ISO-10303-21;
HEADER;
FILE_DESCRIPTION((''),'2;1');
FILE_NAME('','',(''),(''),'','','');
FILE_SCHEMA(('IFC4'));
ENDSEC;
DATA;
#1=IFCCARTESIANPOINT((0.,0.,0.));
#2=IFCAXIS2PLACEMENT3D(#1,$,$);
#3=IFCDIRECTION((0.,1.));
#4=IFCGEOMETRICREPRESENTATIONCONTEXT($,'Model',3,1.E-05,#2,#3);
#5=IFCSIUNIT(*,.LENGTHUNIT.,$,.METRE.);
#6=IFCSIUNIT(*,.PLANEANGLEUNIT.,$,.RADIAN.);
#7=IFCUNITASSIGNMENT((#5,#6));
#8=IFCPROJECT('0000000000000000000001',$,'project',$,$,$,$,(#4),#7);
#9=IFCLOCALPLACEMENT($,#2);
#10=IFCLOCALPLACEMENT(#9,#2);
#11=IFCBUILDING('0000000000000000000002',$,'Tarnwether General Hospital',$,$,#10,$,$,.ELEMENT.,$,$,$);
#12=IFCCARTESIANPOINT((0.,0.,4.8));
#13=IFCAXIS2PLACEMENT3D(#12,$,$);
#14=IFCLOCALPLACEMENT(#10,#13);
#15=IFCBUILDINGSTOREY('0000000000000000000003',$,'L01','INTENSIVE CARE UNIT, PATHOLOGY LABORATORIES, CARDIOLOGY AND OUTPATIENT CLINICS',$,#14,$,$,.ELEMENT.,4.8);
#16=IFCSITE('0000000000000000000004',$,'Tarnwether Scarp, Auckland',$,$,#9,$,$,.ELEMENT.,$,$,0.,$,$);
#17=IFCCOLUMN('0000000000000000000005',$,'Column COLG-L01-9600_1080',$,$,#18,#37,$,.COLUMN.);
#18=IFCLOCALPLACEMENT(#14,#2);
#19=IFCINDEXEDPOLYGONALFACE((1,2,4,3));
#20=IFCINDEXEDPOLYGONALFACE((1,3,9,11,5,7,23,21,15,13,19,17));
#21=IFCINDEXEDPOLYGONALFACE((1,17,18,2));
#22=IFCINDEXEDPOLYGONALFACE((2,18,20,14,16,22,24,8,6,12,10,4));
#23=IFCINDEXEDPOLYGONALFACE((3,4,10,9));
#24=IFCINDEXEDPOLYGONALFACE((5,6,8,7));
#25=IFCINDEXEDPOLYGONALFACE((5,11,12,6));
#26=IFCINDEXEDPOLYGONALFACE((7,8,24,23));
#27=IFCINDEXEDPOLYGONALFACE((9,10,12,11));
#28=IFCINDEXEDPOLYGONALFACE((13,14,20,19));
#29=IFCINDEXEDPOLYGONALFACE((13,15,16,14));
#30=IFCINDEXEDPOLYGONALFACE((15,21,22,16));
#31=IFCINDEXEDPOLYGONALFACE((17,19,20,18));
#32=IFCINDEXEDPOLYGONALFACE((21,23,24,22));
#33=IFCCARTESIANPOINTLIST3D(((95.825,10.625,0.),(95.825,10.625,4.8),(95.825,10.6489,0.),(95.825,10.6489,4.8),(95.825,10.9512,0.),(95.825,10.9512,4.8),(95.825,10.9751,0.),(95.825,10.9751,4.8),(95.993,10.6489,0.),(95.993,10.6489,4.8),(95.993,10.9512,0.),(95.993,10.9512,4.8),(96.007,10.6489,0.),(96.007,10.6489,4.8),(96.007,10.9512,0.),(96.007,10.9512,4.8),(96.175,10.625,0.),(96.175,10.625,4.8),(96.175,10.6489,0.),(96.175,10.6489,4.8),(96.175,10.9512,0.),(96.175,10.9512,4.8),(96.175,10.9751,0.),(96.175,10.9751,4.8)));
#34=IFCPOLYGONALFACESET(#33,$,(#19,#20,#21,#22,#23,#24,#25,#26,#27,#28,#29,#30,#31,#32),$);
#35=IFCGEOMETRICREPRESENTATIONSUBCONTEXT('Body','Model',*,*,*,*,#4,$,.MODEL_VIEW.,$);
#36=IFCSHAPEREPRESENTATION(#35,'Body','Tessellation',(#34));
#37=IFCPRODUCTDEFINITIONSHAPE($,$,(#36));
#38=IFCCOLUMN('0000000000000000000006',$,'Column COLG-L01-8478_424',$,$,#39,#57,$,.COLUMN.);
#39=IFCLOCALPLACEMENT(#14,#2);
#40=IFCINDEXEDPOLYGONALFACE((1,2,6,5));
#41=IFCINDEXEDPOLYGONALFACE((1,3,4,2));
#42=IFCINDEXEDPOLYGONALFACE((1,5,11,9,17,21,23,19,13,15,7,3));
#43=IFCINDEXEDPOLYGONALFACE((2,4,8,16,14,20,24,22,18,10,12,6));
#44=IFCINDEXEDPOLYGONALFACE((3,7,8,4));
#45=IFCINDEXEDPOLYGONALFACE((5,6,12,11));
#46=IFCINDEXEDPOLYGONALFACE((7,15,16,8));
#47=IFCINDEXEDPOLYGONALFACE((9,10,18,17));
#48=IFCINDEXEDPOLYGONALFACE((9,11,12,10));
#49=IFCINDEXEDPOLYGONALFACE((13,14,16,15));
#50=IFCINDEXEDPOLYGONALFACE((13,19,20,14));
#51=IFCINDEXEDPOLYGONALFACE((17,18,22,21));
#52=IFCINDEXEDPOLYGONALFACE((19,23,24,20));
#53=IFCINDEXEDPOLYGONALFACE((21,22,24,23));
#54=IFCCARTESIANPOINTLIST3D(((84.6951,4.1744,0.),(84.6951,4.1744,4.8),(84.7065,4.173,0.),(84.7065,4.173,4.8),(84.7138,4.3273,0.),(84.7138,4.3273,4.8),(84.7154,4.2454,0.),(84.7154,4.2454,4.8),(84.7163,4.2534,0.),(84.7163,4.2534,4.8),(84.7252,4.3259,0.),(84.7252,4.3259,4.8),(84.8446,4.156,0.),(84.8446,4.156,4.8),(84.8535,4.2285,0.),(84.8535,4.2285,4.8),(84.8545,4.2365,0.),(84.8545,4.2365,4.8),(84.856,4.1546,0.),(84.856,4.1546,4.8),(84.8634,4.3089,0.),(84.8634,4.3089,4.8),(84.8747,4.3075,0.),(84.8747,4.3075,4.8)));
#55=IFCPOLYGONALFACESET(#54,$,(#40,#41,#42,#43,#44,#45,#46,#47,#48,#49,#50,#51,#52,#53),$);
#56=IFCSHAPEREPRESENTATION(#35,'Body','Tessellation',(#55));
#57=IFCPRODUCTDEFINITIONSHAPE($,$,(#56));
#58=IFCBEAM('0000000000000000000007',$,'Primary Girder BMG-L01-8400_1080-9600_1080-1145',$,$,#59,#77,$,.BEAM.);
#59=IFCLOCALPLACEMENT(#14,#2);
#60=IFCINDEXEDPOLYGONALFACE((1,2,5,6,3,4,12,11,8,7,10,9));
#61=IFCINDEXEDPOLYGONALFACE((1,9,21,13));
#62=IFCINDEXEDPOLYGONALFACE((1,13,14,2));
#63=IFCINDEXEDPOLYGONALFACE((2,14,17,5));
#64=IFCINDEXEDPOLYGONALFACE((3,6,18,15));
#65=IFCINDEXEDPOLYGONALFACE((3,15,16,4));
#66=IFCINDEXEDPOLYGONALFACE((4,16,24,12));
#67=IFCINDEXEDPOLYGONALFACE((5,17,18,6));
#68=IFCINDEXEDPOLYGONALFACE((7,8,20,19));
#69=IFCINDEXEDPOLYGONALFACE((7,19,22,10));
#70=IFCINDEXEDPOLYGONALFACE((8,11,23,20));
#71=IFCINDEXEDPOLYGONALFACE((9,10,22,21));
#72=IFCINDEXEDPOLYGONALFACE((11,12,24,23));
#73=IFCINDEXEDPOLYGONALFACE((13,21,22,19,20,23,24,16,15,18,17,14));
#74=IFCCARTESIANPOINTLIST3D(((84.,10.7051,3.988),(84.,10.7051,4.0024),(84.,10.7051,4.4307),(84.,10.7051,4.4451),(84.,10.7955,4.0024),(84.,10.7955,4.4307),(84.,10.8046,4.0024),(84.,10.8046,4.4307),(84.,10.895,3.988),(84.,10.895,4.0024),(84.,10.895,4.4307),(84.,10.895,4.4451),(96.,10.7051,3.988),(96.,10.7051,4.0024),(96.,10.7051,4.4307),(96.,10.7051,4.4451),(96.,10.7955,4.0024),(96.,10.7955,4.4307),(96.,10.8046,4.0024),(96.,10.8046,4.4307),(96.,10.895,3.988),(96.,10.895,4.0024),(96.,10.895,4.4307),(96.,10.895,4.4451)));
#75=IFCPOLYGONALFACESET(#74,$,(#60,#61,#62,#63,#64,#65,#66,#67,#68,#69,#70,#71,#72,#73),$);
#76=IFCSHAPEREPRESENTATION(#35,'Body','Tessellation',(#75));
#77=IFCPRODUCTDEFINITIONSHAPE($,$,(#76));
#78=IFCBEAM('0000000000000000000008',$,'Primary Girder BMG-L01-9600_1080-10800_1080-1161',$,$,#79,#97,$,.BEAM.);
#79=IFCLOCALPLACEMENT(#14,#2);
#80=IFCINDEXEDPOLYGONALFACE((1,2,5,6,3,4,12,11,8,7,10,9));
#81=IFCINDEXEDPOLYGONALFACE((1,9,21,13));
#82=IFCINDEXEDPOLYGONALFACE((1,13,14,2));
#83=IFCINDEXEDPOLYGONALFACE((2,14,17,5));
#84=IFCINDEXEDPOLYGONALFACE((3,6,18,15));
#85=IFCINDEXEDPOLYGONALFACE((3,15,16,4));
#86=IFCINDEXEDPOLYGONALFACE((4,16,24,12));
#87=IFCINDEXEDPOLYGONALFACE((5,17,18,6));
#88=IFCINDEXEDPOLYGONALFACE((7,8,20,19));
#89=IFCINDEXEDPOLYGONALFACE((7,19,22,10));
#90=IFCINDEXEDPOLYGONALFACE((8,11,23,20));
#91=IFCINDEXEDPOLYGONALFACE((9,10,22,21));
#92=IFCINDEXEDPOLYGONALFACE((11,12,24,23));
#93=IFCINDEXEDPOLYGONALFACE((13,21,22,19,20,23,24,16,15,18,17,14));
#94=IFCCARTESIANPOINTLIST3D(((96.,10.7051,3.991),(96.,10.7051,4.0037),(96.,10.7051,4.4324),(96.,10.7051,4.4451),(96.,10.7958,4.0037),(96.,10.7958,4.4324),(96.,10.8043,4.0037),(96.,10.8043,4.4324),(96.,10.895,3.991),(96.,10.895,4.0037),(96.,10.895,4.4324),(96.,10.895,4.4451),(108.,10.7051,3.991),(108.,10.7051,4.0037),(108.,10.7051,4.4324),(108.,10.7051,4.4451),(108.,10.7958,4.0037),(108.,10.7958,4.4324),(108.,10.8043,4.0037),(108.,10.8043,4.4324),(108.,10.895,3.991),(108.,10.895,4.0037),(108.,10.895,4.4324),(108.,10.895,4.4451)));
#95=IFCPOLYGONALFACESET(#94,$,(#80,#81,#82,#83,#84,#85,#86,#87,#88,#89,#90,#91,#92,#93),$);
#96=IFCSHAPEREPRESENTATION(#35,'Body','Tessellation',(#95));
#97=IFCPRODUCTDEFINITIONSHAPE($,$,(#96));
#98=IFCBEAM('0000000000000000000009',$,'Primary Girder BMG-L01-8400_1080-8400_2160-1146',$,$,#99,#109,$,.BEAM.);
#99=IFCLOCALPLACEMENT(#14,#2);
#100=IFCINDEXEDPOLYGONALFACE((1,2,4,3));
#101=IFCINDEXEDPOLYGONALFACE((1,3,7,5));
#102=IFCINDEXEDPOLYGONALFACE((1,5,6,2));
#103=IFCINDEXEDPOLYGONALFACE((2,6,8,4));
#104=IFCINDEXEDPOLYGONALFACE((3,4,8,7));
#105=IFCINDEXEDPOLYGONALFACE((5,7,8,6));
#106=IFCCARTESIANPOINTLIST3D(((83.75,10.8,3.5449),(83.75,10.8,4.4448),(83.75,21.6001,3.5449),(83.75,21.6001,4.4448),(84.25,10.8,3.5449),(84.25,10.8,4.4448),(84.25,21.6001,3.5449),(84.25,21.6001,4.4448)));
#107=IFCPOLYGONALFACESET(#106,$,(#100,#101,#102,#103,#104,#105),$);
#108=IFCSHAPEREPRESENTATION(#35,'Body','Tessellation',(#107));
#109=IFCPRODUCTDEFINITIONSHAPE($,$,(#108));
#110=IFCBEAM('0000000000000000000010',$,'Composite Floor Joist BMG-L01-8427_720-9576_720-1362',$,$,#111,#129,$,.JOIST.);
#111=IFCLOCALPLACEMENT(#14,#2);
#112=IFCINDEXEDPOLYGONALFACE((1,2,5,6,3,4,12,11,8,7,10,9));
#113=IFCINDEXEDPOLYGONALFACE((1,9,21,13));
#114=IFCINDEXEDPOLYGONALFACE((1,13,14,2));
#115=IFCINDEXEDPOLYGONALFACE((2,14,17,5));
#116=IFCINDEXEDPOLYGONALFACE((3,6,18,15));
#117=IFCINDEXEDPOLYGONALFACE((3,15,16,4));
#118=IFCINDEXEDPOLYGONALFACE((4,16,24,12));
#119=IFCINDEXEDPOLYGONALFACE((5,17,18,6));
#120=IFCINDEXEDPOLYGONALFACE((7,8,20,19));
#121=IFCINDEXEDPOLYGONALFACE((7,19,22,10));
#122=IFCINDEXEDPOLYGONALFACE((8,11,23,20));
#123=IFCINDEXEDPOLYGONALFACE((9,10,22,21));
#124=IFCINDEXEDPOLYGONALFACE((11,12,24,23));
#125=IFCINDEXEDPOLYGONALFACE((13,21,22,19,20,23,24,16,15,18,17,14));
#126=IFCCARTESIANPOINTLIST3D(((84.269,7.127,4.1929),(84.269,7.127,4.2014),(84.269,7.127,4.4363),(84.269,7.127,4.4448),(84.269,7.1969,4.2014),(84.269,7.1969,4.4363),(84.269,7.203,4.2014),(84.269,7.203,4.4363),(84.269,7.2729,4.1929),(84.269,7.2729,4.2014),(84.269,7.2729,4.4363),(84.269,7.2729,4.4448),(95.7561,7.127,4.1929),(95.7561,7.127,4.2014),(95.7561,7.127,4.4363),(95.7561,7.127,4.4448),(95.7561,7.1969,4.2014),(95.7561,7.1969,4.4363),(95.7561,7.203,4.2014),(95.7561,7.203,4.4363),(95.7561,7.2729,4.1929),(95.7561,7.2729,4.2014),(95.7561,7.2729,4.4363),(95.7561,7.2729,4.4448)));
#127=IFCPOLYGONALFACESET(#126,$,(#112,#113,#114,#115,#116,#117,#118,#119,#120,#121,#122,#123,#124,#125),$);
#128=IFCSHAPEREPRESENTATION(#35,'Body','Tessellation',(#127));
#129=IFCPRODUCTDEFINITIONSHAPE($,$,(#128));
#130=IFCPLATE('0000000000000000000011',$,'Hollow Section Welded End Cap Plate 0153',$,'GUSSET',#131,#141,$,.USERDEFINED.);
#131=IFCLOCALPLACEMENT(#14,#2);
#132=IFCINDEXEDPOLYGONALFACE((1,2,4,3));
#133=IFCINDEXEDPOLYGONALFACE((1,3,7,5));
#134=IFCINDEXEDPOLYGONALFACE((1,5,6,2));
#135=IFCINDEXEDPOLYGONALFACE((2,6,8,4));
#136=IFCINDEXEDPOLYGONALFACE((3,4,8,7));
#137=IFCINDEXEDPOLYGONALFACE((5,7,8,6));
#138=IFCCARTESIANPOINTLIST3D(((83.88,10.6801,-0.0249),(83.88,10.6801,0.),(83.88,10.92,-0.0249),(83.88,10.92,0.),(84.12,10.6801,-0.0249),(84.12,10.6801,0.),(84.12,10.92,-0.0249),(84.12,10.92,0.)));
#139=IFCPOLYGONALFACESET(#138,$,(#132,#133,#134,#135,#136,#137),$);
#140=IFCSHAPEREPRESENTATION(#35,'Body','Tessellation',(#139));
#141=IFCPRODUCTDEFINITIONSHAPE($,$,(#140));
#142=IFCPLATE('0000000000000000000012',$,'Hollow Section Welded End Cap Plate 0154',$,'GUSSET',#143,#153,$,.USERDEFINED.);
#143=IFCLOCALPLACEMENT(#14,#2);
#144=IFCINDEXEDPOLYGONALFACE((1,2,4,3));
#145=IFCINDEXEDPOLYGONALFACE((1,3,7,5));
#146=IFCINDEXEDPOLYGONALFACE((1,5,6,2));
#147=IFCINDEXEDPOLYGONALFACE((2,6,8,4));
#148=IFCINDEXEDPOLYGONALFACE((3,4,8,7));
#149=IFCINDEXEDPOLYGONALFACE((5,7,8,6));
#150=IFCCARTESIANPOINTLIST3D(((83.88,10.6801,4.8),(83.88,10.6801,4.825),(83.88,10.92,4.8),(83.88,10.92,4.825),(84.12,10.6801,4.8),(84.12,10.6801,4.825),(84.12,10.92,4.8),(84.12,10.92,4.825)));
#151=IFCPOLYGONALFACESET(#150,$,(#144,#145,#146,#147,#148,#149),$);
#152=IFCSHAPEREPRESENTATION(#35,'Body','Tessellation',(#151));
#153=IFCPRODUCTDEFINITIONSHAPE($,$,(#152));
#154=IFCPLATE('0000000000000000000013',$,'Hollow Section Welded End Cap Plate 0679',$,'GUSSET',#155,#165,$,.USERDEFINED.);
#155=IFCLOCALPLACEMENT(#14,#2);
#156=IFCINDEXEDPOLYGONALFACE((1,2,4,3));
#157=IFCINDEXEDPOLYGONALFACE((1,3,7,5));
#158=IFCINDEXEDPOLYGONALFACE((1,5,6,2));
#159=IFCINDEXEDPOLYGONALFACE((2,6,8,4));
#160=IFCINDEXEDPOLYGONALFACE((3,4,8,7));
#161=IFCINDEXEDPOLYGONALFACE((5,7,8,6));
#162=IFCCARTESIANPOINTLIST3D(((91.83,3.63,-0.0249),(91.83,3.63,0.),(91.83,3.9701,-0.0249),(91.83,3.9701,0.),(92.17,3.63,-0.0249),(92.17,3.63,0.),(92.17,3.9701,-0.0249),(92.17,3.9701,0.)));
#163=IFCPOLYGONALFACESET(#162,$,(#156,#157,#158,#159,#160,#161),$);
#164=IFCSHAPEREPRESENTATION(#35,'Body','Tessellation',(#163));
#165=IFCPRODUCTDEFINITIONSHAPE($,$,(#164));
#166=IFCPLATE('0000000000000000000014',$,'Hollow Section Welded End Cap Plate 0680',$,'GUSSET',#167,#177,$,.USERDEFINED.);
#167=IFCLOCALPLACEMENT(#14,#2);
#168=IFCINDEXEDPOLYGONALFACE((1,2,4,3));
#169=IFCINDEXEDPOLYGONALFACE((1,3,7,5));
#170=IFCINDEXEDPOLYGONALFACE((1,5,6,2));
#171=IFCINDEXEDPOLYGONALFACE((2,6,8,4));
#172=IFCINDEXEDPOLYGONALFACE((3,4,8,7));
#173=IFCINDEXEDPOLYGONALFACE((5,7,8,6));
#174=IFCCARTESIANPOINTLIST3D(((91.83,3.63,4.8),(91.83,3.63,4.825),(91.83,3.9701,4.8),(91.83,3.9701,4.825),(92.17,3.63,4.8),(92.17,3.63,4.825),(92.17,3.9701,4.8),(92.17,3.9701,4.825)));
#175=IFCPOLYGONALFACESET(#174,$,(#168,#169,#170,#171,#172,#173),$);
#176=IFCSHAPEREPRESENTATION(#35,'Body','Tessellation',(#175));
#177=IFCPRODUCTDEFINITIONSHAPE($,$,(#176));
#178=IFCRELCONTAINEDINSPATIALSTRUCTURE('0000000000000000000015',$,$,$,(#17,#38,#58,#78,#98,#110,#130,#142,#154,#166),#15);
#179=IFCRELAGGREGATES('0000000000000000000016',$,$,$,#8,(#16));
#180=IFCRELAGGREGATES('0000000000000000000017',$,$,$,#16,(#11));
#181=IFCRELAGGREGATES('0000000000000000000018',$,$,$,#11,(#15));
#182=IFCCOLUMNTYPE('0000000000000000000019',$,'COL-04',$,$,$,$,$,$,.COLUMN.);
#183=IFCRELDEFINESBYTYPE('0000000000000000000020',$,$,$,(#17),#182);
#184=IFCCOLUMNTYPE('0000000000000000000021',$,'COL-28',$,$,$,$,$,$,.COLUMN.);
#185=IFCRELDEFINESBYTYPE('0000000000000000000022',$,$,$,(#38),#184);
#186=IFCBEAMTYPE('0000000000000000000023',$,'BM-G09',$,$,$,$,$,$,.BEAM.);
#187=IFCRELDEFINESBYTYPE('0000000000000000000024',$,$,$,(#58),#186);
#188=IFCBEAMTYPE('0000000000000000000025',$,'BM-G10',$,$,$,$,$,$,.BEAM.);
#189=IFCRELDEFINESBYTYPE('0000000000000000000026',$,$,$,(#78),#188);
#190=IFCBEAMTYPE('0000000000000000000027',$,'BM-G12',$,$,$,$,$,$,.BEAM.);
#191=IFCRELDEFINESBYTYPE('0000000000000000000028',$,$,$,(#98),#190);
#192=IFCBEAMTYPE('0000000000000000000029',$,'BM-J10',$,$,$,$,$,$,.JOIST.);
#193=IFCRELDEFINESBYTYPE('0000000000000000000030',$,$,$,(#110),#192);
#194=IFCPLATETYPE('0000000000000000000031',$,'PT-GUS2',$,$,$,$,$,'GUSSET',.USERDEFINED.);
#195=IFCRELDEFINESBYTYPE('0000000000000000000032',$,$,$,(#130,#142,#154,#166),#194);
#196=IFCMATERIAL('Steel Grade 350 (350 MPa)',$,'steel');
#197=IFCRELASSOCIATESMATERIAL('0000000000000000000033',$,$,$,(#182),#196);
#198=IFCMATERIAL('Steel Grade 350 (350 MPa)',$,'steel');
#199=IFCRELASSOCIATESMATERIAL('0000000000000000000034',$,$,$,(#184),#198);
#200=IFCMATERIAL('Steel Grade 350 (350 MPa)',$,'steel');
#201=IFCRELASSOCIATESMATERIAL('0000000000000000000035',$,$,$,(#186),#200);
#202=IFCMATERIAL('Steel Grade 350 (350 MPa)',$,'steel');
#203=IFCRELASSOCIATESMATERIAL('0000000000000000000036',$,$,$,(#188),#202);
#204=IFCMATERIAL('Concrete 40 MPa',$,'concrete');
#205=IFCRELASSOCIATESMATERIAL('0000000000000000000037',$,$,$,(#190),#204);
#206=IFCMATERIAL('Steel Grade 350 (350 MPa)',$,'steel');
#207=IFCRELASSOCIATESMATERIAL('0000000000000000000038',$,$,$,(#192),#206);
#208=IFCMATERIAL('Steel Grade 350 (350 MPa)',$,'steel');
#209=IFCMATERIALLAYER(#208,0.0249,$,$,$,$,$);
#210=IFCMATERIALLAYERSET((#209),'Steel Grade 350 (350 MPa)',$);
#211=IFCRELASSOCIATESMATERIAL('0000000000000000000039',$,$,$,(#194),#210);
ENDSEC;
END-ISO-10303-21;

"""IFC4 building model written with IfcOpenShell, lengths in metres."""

from ifc_helpers import new_model, si_unit, direction, frame, origin, origin_2d, place, context, subcontext, project, spatial, rectangle, i_section, extrude, material, layer, layer_set, material_profile, profile_set, type_object, element, save


model = new_model("IFC4")

# Units and contexts
model_context = context("Model", 3, precision=1e-05, world=origin(), true_north=direction((0.0, 1.0)))
body_context = subcontext(model_context, "Body", "Model", "MODEL_VIEW")
ifc_project = project(units=[si_unit("LENGTHUNIT", "METRE"), si_unit("PLANEANGLEUNIT", "RADIAN")], contexts=[model_context])

# Site, building, storey
site_placement = place(None, origin())
site = spatial("IfcSite", under=ifc_project, at=site_placement, Name="Tarnwether Scarp, Auckland", CompositionType="ELEMENT", RefElevation=0.0)
building_placement = place(site_placement, origin())
building = spatial("IfcBuilding", under=site, at=building_placement, Name="Tarnwether General Hospital", CompositionType="ELEMENT")
storey_placement = place(building_placement, frame((0.0, 0.0, 4.8)))
storey = spatial("IfcBuildingStorey", under=building, at=storey_placement, Name="L01", Description="INTENSIVE CARE UNIT, PATHOLOGY LABORATORIES, CARDIOLOGY AND OUTPATIENT CLINICS", CompositionType="ELEMENT", Elevation=4.8)

# Columns
ifc_material_1 = material(Name="Steel Grade 350 (350 MPa)", Category="steel")
ifc_material_profile_1 = material_profile(ifc_material_1, i_section(OverallWidth=0.3501, OverallDepth=0.3501, WebThickness=0.0139, FlangeThickness=0.0239, at=origin_2d()), Name="350WC197")
ifc_profile_set_1 = profile_set([ifc_material_profile_1], Name="Steel Grade 350 (350 MPa)")
column_type_1 = type_object("IfcColumnType", Name="COL-04", PredefinedType="COLUMN", material=ifc_profile_set_1)
column_1_placement = place(storey_placement, frame((96.0, 10.8, 0.0), z_axis=(0.0, 0.0, 1.0), x_axis=(1.0, 0.0, 0.0)))
element("IfcColumn", 1, at=column_1_placement, inside=storey, type_object=column_type_1, Name="Column COLG-L01-9600_1080", PredefinedType="COLUMN", context=body_context, shape_type="SweptSolid", body=[
    extrude(i_section(OverallWidth=0.3501, OverallDepth=0.3501, WebThickness=0.0139, FlangeThickness=0.0239, at=origin_2d()), origin(), (0.0, 0.0, 1.0), 4.8),
])
ifc_material_2 = material(Name="Steel Grade 350 (350 MPa)", Category="steel")
ifc_material_profile_2 = material_profile(ifc_material_2, i_section(OverallWidth=0.1541, OverallDepth=0.1621, WebThickness=0.0081, FlangeThickness=0.0115, at=origin_2d()), Name="150UC37.2")
ifc_profile_set_2 = profile_set([ifc_material_profile_2], Name="Steel Grade 350 (350 MPa)")
column_type_2 = type_object("IfcColumnType", Name="COL-28", PredefinedType="COLUMN", material=ifc_profile_set_2)
column_2_placement = place(storey_placement, frame((84.7849, 4.241, 0.0), z_axis=(0.0, 0.0, 1.0), x_axis=(0.121869, 0.992546, 0.0)))
element("IfcColumn", 2, at=column_2_placement, inside=storey, type_object=column_type_2, Name="Column COLG-L01-8478_424", PredefinedType="COLUMN", context=body_context, shape_type="SweptSolid", body=[
    extrude(i_section(OverallWidth=0.1541, OverallDepth=0.1621, WebThickness=0.0081, FlangeThickness=0.0115, at=origin_2d()), origin(), (0.0, 0.0, 1.0), 4.8),
])

# Beams
ifc_material_3 = material(Name="Steel Grade 350 (350 MPa)", Category="steel")
ifc_material_profile_3 = material_profile(ifc_material_3, i_section(OverallWidth=0.1899, OverallDepth=0.457, WebThickness=0.009, FlangeThickness=0.0144, at=origin_2d()), Name="460UB74.6")
ifc_profile_set_3 = profile_set([ifc_material_profile_3], Name="Steel Grade 350 (350 MPa)")
beam_type_1 = type_object("IfcBeamType", Name="BM-G09", PredefinedType="BEAM", material=ifc_profile_set_3)
beam_1_placement = place(storey_placement, frame((84.0, 10.8, 4.2166), z_axis=(1.0, 0.0, 0.0), x_axis=(0.0, 1.0, 0.0)))
element("IfcBeam", 3, at=beam_1_placement, inside=storey, type_object=beam_type_1, Name="Primary Girder BMG-L01-8400_1080-9600_1080-1145", PredefinedType="BEAM", context=body_context, shape_type="SweptSolid", body=[
    extrude(i_section(OverallWidth=0.1899, OverallDepth=0.457, WebThickness=0.009, FlangeThickness=0.0144, at=origin_2d()), origin(), (0.0, 0.0, 1.0), 12.0),
])
ifc_material_4 = material(Name="Steel Grade 350 (350 MPa)", Category="steel")
ifc_material_profile_4 = material_profile(ifc_material_4, i_section(OverallWidth=0.1899, OverallDepth=0.4541, WebThickness=0.0085, FlangeThickness=0.0127, at=origin_2d()), Name="460UB67.1")
ifc_profile_set_4 = profile_set([ifc_material_profile_4], Name="Steel Grade 350 (350 MPa)")
beam_type_2 = type_object("IfcBeamType", Name="BM-G10", PredefinedType="BEAM", material=ifc_profile_set_4)
beam_2_placement = place(storey_placement, frame((96.0, 10.8, 4.218), z_axis=(1.0, 0.0, 0.0), x_axis=(0.0, 1.0, 0.0)))
element("IfcBeam", 4, at=beam_2_placement, inside=storey, type_object=beam_type_2, Name="Primary Girder BMG-L01-9600_1080-10800_1080-1161", PredefinedType="BEAM", context=body_context, shape_type="SweptSolid", body=[
    extrude(i_section(OverallWidth=0.1899, OverallDepth=0.4541, WebThickness=0.0085, FlangeThickness=0.0127, at=origin_2d()), origin(), (0.0, 0.0, 1.0), 12.0),
])
ifc_material_5 = material(Name="Concrete 40 MPa", Category="concrete")
ifc_material_profile_5 = material_profile(ifc_material_5, rectangle(XDim=0.5, YDim=0.8999, at=origin_2d()), Name="RC-BM-500x900")
ifc_profile_set_5 = profile_set([ifc_material_profile_5], Name="Concrete 40 MPa")
beam_type_3 = type_object("IfcBeamType", Name="BM-G12", PredefinedType="BEAM", material=ifc_profile_set_5)
beam_3_placement = place(storey_placement, frame((84.0, 10.8, 3.9949), z_axis=(0.0, 1.0, 0.0), x_axis=(-1.0, 0.0, 0.0)))
element("IfcBeam", 5, at=beam_3_placement, inside=storey, type_object=beam_type_3, Name="Primary Girder BMG-L01-8400_1080-8400_2160-1146", PredefinedType="BEAM", context=body_context, shape_type="SweptSolid", body=[
    extrude(rectangle(XDim=0.5, YDim=0.8999, at=origin_2d()), origin(), (0.0, 0.0, 1.0), 10.8),
])
ifc_material_6 = material(Name="Steel Grade 350 (350 MPa)", Category="steel")
ifc_material_profile_6 = material_profile(ifc_material_6, i_section(OverallWidth=0.146, OverallDepth=0.252, WebThickness=0.0061, FlangeThickness=0.0085, at=origin_2d()), Name="250UB31.4")
ifc_profile_set_6 = profile_set([ifc_material_profile_6], Name="Steel Grade 350 (350 MPa)")
beam_type_4 = type_object("IfcBeamType", Name="BM-J10", PredefinedType="JOIST", material=ifc_profile_set_6)
beam_4_placement = place(storey_placement, frame((84.269, 7.2, 4.3188), z_axis=(1.0, 0.0, 0.0), x_axis=(0.0, 1.0, 0.0)))
element("IfcBeam", 6, at=beam_4_placement, inside=storey, type_object=beam_type_4, Name="Composite Floor Joist BMG-L01-8427_720-9576_720-1362", PredefinedType="JOIST", context=body_context, shape_type="SweptSolid", body=[
    extrude(i_section(OverallWidth=0.146, OverallDepth=0.252, WebThickness=0.0061, FlangeThickness=0.0085, at=origin_2d()), origin(), (0.0, 0.0, 1.0), 11.4871),
])

# Plates
ifc_material_7 = material(Name="Steel Grade 350 (350 MPa)", Category="steel")
ifc_layer_1 = layer(ifc_material_7, 0.0249)
ifc_layer_set_1 = layer_set([ifc_layer_1], Name="Steel Grade 350 (350 MPa)")
plate_type = type_object("IfcPlateType", Name="PT-GUS2", ElementType="GUSSET", PredefinedType="USERDEFINED", material=ifc_layer_set_1)
for number, where, z_axis, x_axis, name in (
    (7, (84.0, 10.8, -0.0249), (0.0, 0.0, 1.0), (1.0, 0.0, 0.0), "Hollow Section Welded End Cap Plate 0153"),
    (8, (84.0, 10.8, 4.8), (0.0, 0.0, 1.0), (1.0, 0.0, 0.0), "Hollow Section Welded End Cap Plate 0154"),
):
    element("IfcPlate", number, at=place(storey_placement, frame(where, z_axis=z_axis, x_axis=x_axis)), inside=storey, type_object=plate_type, Name=name, ObjectType="GUSSET", PredefinedType="USERDEFINED", context=body_context, shape_type="SweptSolid", body=[
        extrude(rectangle(XDim=0.24, YDim=0.24, at=origin_2d()), origin(), (0.0, 0.0, 1.0), 0.0249),
    ])
for number, where, z_axis, x_axis, name in (
    (9, (92.0, 3.8, -0.0249), (0.0, 0.0, 1.0), (1.0, 0.0, 0.0), "Hollow Section Welded End Cap Plate 0679"),
    (10, (92.0, 3.8, 4.8), (0.0, 0.0, 1.0), (1.0, 0.0, 0.0), "Hollow Section Welded End Cap Plate 0680"),
):
    element("IfcPlate", number, at=place(storey_placement, frame(where, z_axis=z_axis, x_axis=x_axis)), inside=storey, type_object=plate_type, Name=name, ObjectType="GUSSET", PredefinedType="USERDEFINED", context=body_context, shape_type="SweptSolid", body=[
        extrude(rectangle(XDim=0.3401, YDim=0.3401, at=origin_2d()), origin(), (0.0, 0.0, 1.0), 0.0249),
    ])

save(model, "model.ifc")
